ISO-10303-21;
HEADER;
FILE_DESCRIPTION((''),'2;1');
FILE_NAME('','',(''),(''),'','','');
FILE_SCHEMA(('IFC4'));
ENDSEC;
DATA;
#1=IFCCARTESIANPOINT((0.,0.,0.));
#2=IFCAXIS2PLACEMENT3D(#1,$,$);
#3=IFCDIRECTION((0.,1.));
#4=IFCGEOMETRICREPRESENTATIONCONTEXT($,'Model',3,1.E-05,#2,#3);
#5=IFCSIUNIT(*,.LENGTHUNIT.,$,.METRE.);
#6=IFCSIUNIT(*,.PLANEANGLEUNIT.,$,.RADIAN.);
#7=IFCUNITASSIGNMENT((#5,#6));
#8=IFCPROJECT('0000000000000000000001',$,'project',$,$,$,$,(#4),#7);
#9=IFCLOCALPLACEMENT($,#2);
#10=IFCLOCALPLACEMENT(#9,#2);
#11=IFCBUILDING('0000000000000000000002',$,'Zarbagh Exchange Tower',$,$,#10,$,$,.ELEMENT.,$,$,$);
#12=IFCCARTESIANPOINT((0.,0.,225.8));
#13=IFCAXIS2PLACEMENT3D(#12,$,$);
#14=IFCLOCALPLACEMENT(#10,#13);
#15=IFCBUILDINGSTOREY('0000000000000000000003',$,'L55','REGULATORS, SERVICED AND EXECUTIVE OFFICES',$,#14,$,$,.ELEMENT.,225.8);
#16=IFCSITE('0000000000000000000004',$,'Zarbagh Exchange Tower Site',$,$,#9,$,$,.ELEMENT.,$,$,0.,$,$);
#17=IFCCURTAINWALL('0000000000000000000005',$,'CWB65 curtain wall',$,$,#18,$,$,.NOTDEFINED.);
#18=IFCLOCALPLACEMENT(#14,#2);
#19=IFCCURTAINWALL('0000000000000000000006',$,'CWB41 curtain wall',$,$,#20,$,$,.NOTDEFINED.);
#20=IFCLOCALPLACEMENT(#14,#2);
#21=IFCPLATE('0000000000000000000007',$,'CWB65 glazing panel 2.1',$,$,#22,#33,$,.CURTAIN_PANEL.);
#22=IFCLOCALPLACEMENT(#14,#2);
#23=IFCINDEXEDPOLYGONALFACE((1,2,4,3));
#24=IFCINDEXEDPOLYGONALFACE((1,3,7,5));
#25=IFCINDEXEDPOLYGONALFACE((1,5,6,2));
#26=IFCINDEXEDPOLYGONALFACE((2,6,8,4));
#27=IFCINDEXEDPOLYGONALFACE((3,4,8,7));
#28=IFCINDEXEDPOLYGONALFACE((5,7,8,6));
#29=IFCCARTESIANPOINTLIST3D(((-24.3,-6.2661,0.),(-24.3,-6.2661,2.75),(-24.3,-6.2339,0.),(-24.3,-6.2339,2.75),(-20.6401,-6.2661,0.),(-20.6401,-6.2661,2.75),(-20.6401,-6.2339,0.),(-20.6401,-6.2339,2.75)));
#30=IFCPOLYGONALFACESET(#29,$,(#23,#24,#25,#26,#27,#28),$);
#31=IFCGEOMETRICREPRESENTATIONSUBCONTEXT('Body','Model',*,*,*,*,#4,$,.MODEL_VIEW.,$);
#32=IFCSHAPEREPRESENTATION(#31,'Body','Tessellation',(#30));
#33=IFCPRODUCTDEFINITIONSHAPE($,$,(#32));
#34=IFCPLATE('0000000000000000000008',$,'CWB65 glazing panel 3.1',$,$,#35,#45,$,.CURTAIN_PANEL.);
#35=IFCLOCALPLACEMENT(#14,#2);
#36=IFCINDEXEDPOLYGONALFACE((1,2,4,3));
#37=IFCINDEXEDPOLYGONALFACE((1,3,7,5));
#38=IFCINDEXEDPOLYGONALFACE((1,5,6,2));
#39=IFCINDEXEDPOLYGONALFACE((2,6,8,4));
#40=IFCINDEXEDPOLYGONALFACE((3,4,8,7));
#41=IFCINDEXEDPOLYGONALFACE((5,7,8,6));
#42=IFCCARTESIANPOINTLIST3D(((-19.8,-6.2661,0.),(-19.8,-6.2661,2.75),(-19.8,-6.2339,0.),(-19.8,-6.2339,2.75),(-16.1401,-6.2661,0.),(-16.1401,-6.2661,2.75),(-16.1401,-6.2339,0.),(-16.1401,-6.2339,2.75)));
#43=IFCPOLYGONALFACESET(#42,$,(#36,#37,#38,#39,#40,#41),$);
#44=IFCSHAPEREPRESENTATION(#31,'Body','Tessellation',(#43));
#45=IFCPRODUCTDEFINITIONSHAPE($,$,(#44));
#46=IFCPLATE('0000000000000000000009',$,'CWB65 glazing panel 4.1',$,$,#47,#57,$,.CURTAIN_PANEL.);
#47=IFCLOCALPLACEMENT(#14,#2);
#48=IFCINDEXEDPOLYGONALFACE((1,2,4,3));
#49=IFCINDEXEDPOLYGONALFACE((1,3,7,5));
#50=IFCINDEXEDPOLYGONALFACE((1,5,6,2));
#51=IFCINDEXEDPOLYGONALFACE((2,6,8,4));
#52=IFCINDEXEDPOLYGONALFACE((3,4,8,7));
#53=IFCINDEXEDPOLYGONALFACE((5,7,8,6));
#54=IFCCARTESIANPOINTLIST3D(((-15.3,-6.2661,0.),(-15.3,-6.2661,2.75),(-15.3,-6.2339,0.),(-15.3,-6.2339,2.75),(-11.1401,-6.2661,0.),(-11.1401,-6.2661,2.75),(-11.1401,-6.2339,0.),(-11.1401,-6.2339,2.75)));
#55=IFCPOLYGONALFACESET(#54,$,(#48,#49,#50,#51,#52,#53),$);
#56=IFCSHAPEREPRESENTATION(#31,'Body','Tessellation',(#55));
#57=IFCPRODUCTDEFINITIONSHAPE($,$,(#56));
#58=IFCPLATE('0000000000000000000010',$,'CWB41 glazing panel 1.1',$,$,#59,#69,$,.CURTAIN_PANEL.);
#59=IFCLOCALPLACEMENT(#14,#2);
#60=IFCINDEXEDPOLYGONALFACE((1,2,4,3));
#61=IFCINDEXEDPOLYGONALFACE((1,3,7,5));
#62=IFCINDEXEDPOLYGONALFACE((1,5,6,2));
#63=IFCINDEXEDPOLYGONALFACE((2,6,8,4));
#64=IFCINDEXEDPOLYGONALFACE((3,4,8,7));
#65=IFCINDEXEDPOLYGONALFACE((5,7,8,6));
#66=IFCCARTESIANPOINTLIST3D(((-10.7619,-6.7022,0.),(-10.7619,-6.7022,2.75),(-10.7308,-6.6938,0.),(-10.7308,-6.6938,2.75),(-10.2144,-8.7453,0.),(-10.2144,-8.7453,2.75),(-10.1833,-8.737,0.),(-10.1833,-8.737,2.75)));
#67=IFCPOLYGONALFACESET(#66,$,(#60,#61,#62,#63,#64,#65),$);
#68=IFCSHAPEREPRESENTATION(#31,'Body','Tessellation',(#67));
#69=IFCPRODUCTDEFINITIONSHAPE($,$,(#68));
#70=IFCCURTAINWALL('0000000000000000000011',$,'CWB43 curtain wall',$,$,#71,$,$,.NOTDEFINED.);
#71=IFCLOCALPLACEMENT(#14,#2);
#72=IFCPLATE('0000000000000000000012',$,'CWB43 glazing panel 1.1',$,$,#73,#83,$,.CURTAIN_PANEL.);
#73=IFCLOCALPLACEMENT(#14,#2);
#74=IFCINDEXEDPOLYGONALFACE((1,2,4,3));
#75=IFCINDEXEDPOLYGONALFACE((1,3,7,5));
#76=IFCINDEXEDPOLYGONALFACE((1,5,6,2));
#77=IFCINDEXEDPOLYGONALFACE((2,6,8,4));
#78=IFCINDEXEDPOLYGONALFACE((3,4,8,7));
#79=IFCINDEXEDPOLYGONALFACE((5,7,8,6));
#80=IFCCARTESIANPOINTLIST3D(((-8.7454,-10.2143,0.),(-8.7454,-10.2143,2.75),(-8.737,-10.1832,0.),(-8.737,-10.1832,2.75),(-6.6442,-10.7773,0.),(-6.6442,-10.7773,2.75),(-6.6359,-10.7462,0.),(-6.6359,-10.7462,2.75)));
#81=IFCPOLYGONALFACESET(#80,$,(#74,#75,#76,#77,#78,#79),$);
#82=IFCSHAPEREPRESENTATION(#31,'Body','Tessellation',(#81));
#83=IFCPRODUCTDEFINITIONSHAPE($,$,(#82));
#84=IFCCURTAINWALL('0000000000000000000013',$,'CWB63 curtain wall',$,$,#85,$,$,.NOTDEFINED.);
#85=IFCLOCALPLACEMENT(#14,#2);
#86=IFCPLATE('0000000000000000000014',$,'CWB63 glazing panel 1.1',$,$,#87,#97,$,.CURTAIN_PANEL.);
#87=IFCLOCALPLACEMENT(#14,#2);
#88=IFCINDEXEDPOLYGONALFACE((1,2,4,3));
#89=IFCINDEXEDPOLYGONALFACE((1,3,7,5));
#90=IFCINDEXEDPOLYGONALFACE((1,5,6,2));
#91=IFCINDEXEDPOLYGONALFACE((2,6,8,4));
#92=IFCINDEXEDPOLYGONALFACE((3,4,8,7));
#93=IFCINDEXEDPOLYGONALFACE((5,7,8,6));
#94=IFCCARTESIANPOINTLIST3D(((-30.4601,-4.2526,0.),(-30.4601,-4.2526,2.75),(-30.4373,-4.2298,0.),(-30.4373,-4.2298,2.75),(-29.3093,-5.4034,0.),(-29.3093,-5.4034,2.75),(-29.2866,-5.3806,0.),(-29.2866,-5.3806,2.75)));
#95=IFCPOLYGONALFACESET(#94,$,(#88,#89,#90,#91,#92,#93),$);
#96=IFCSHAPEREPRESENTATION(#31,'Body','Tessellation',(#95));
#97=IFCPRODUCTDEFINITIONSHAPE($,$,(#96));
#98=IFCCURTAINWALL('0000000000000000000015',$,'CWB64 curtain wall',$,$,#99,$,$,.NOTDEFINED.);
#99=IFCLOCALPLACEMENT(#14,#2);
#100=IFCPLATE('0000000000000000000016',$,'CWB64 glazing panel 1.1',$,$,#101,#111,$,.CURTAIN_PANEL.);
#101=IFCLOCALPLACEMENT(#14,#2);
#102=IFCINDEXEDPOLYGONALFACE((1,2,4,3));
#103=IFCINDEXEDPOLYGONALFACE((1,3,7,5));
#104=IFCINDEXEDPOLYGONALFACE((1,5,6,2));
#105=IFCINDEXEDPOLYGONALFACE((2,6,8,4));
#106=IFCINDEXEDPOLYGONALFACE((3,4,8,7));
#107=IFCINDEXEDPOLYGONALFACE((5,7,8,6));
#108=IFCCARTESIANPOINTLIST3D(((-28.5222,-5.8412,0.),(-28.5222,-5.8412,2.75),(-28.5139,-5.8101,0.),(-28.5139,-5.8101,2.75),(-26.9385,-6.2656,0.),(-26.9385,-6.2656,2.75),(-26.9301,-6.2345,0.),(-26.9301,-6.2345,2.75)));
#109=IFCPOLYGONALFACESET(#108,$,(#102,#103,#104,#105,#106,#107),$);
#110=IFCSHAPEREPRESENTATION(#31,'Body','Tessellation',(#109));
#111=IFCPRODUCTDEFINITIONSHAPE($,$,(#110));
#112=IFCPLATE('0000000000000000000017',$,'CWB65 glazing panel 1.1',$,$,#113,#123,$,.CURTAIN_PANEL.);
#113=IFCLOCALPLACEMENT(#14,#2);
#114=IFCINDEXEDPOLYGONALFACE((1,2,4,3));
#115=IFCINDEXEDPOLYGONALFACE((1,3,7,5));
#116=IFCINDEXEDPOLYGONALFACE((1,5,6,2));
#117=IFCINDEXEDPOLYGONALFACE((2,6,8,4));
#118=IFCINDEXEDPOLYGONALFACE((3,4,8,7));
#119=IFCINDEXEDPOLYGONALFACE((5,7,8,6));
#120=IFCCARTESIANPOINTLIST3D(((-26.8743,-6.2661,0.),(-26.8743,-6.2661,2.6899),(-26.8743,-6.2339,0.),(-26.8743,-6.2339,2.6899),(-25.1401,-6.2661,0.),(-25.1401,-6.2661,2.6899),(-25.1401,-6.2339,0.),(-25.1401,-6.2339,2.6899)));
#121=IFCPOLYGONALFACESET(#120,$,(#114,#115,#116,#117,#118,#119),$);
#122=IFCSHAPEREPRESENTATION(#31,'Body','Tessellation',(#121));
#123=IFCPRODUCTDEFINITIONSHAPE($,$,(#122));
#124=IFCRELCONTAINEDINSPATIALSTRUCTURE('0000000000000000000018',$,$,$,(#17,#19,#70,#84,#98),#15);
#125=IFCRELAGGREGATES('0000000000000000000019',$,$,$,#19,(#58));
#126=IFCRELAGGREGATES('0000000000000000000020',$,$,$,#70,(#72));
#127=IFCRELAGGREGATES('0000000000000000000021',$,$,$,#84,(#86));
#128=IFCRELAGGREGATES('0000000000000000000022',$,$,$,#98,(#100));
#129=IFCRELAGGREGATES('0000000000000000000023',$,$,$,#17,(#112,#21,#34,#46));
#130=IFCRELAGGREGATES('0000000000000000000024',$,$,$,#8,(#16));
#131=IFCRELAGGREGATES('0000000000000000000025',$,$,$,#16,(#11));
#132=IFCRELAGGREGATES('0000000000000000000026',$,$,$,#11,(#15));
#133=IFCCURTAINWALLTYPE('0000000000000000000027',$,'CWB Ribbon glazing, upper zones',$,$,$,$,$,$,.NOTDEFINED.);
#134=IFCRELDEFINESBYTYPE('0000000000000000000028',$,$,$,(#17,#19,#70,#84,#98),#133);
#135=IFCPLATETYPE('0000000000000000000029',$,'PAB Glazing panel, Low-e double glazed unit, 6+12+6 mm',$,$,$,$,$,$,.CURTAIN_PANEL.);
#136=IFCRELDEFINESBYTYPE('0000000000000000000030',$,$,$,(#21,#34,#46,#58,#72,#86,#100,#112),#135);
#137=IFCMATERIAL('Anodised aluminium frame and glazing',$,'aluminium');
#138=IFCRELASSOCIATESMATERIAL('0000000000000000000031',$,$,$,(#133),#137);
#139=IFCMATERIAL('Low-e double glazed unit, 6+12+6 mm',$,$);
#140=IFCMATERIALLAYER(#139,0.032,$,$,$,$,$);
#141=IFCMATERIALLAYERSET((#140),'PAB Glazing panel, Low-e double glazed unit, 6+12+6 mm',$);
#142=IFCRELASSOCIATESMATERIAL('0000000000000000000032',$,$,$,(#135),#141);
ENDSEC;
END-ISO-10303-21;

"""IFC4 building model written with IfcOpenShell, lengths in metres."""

from ifc_helpers import new_model, si_unit, direction, frame, origin, place, context, subcontext, project, spatial, polyline, outline, extrude, source, transform, mapped, material, layer, layer_set, type_object, element, aggregate, save


model = new_model("IFC4")

# Units and contexts
model_context = context("Model", 3, precision=1e-05, world=origin(), true_north=direction((0.0, 1.0)))
body_context = subcontext(model_context, "Body", "Model", "MODEL_VIEW")
ifc_project = project(units=[si_unit("LENGTHUNIT", "METRE"), si_unit("PLANEANGLEUNIT", "RADIAN")], contexts=[model_context])

# Site, building, storey
site_placement = place(None, origin())
site = spatial("IfcSite", under=ifc_project, at=site_placement, Name="Zarbagh Exchange Tower Site", CompositionType="ELEMENT", RefElevation=0.0)
building_placement = place(site_placement, origin())
building = spatial("IfcBuilding", under=site, at=building_placement, Name="Zarbagh Exchange Tower", CompositionType="ELEMENT")
storey_placement = place(building_placement, frame((0.0, 0.0, 225.8)))
storey = spatial("IfcBuildingStorey", under=building, at=storey_placement, Name="L55", Description="REGULATORS, SERVICED AND EXECUTIVE OFFICES", CompositionType="ELEMENT", Elevation=225.8)

# Shared definitions
ifc_material_1 = material(Name="Anodised aluminium frame and glazing", Category="aluminium")
curtain_wall_type = type_object("IfcCurtainWallType", Name="CWB Ribbon glazing, upper zones", PredefinedType="NOTDEFINED", material=ifc_material_1)
placement = place(storey_placement, origin())

# Curtain wall
curtain_wall_1_placement = place(storey_placement, origin())
curtain_wall_1 = element("IfcCurtainWall", 1, at=curtain_wall_1_placement, inside=storey, type_object=curtain_wall_type, Name="CWB65 curtain wall", PredefinedType="NOTDEFINED")

# Curtain wall
curtain_wall_2_placement = place(storey_placement, origin())
curtain_wall_2 = element("IfcCurtainWall", 2, at=curtain_wall_2_placement, inside=storey, type_object=curtain_wall_type, Name="CWB41 curtain wall", PredefinedType="NOTDEFINED")

# Shared definitions
ifc_material_2 = material(Name="Low-e double glazed unit, 6+12+6 mm")
ifc_layer = layer(ifc_material_2, 0.032)
ifc_layer_set = layer_set([ifc_layer], Name="PAB Glazing panel, Low-e double glazed unit, 6+12+6 mm")
plate_type = type_object("IfcPlateType", Name="PAB Glazing panel, Low-e double glazed unit, 6+12+6 mm", PredefinedType="CURTAIN_PANEL", material=ifc_layer_set)

# Plates
shared_shape_1 = source(origin(), body_context, "Body", "SweptSolid", [
    extrude(outline(polyline([(0.0, -0.0161), (3.6599, -0.0161), (3.6599, 0.0161), (0.0, 0.0161), (0.0, -0.0161)])), origin(), (0.0, 0.0, 1.0), 2.75),
])
plate_1 = element("IfcPlate", 3, at=placement, type_object=plate_type, Name="CWB65 glazing panel 2.1", PredefinedType="CURTAIN_PANEL", context=body_context, shape_type="MappedRepresentation", body=[
    mapped(shared_shape_1, transform((-24.3, -6.25, 0.0), x_axis=(1.0, 0.0, 0.0), y_axis=(0.0, 1.0, 0.0), z_axis=(0.0, 0.0, 1.0))),
])
plate_2 = element("IfcPlate", 4, at=placement, type_object=plate_type, Name="CWB65 glazing panel 3.1", PredefinedType="CURTAIN_PANEL", context=body_context, shape_type="MappedRepresentation", body=[
    mapped(shared_shape_1, transform((-19.8, -6.25, 0.0), x_axis=(1.0, 0.0, 0.0), y_axis=(0.0, 1.0, 0.0), z_axis=(0.0, 0.0, 1.0))),
])
shared_shape_2 = source(origin(), body_context, "Body", "SweptSolid", [
    extrude(outline(polyline([(0.0, -0.0161), (4.1599, -0.0161), (4.1599, 0.0161), (0.0, 0.0161), (0.0, -0.0161)])), origin(), (0.0, 0.0, 1.0), 2.75),
])
plate_3 = element("IfcPlate", 5, at=placement, type_object=plate_type, Name="CWB65 glazing panel 4.1", PredefinedType="CURTAIN_PANEL", context=body_context, shape_type="MappedRepresentation", body=[
    mapped(shared_shape_2, transform((-15.3, -6.25, 0.0), x_axis=(1.0, 0.0, 0.0), y_axis=(0.0, 1.0, 0.0), z_axis=(0.0, 0.0, 1.0))),
])
shared_shape_3 = source(origin(), body_context, "Body", "SweptSolid", [
    extrude(outline(polyline([(0.0, -0.0161), (2.1152, -0.0161), (2.1152, 0.0161), (0.0, 0.0161), (0.0, -0.0161)])), origin(), (0.0, 0.0, 1.0), 2.75),
])
plate_4 = element("IfcPlate", 6, at=placement, type_object=plate_type, Name="CWB41 glazing panel 1.1", PredefinedType="CURTAIN_PANEL", context=body_context, shape_type="MappedRepresentation", body=[
    mapped(shared_shape_3, transform((-10.7463, -6.698, 0.0), x_axis=(0.258825, -0.965924, 0.0), y_axis=(0.965924, 0.258825, 0.0), z_axis=(0.0, 0.0, 1.0))),
])
aggregate(curtain_wall_2, [plate_4])

# Curtain walls, plates
curtain_wall_3_placement = place(storey_placement, origin())
curtain_wall_3 = element("IfcCurtainWall", 7, at=curtain_wall_3_placement, inside=storey, type_object=curtain_wall_type, Name="CWB43 curtain wall", PredefinedType="NOTDEFINED")
shared_shape_4 = source(origin(), body_context, "Body", "SweptSolid", [
    extrude(outline(polyline([(0.0, -0.0161), (2.1753, -0.0161), (2.1753, 0.0161), (0.0, 0.0161), (0.0, -0.0161)])), origin(), (0.0, 0.0, 1.0), 2.75),
])
plate_5 = element("IfcPlate", 8, at=placement, type_object=plate_type, Name="CWB43 glazing panel 1.1", PredefinedType="CURTAIN_PANEL", context=body_context, shape_type="MappedRepresentation", body=[
    mapped(shared_shape_4, transform((-8.7412, -10.1987, 0.0), x_axis=(0.965924, -0.258825, 0.0), y_axis=(0.258825, 0.965924, 0.0), z_axis=(0.0, 0.0, 1.0))),
])
aggregate(curtain_wall_3, [plate_5])
curtain_wall_4_placement = place(storey_placement, origin())
curtain_wall_4 = element("IfcCurtainWall", 9, at=curtain_wall_4_placement, inside=storey, type_object=curtain_wall_type, Name="CWB63 curtain wall", PredefinedType="NOTDEFINED")
shared_shape_5 = source(origin(), body_context, "Body", "SweptSolid", [
    extrude(outline(polyline([(0.0, -0.0161), (1.6274, -0.0161), (1.6274, 0.0161), (0.0, 0.0161), (0.0, -0.0161)])), origin(), (0.0, 0.0, 1.0), 2.75),
])
plate_6 = element("IfcPlate", 10, at=placement, type_object=plate_type, Name="CWB63 glazing panel 1.1", PredefinedType="CURTAIN_PANEL", context=body_context, shape_type="MappedRepresentation", body=[
    mapped(shared_shape_5, transform((-30.4487, -4.2412, 0.0), x_axis=(0.707107, -0.707107, 0.0), y_axis=(0.707107, 0.707107, 0.0), z_axis=(0.0, 0.0, 1.0))),
])
aggregate(curtain_wall_4, [plate_6])
curtain_wall_5_placement = place(storey_placement, origin())
curtain_wall_5 = element("IfcCurtainWall", 11, at=curtain_wall_5_placement, inside=storey, type_object=curtain_wall_type, Name="CWB64 curtain wall", PredefinedType="NOTDEFINED")
shared_shape_6 = source(origin(), body_context, "Body", "SweptSolid", [
    extrude(outline(polyline([(0.0, -0.0161), (1.6396, -0.0161), (1.6396, 0.0161), (0.0, 0.0161), (0.0, -0.0161)])), origin(), (0.0, 0.0, 1.0), 2.75),
])
plate_7 = element("IfcPlate", 12, at=placement, type_object=plate_type, Name="CWB64 glazing panel 1.1", PredefinedType="CURTAIN_PANEL", context=body_context, shape_type="MappedRepresentation", body=[
    mapped(shared_shape_6, transform((-28.5181, -5.8257, 0.0), x_axis=(0.965924, -0.258825, 0.0), y_axis=(0.258825, 0.965924, 0.0), z_axis=(0.0, 0.0, 1.0))),
])
aggregate(curtain_wall_5, [plate_7])

# Plate
shared_shape_7 = source(origin(), body_context, "Body", "SweptSolid", [
    extrude(outline(polyline([(0.0, -0.0161), (1.7341, -0.0161), (1.7341, 0.0161), (0.0, 0.0161), (0.0, -0.0161)])), origin(), (0.0, 0.0, 1.0), 2.6899),
])
plate_8 = element("IfcPlate", 13, at=placement, type_object=plate_type, Name="CWB65 glazing panel 1.1", PredefinedType="CURTAIN_PANEL", context=body_context, shape_type="MappedRepresentation", body=[
    mapped(shared_shape_7, transform((-26.8743, -6.25, 0.0), x_axis=(1.0, 0.0, 0.0), y_axis=(0.0, 1.0, 0.0), z_axis=(0.0, 0.0, 1.0))),
])
aggregate(curtain_wall_1, [plate_8, plate_1, plate_2, plate_3])

save(model, "model.ifc")
